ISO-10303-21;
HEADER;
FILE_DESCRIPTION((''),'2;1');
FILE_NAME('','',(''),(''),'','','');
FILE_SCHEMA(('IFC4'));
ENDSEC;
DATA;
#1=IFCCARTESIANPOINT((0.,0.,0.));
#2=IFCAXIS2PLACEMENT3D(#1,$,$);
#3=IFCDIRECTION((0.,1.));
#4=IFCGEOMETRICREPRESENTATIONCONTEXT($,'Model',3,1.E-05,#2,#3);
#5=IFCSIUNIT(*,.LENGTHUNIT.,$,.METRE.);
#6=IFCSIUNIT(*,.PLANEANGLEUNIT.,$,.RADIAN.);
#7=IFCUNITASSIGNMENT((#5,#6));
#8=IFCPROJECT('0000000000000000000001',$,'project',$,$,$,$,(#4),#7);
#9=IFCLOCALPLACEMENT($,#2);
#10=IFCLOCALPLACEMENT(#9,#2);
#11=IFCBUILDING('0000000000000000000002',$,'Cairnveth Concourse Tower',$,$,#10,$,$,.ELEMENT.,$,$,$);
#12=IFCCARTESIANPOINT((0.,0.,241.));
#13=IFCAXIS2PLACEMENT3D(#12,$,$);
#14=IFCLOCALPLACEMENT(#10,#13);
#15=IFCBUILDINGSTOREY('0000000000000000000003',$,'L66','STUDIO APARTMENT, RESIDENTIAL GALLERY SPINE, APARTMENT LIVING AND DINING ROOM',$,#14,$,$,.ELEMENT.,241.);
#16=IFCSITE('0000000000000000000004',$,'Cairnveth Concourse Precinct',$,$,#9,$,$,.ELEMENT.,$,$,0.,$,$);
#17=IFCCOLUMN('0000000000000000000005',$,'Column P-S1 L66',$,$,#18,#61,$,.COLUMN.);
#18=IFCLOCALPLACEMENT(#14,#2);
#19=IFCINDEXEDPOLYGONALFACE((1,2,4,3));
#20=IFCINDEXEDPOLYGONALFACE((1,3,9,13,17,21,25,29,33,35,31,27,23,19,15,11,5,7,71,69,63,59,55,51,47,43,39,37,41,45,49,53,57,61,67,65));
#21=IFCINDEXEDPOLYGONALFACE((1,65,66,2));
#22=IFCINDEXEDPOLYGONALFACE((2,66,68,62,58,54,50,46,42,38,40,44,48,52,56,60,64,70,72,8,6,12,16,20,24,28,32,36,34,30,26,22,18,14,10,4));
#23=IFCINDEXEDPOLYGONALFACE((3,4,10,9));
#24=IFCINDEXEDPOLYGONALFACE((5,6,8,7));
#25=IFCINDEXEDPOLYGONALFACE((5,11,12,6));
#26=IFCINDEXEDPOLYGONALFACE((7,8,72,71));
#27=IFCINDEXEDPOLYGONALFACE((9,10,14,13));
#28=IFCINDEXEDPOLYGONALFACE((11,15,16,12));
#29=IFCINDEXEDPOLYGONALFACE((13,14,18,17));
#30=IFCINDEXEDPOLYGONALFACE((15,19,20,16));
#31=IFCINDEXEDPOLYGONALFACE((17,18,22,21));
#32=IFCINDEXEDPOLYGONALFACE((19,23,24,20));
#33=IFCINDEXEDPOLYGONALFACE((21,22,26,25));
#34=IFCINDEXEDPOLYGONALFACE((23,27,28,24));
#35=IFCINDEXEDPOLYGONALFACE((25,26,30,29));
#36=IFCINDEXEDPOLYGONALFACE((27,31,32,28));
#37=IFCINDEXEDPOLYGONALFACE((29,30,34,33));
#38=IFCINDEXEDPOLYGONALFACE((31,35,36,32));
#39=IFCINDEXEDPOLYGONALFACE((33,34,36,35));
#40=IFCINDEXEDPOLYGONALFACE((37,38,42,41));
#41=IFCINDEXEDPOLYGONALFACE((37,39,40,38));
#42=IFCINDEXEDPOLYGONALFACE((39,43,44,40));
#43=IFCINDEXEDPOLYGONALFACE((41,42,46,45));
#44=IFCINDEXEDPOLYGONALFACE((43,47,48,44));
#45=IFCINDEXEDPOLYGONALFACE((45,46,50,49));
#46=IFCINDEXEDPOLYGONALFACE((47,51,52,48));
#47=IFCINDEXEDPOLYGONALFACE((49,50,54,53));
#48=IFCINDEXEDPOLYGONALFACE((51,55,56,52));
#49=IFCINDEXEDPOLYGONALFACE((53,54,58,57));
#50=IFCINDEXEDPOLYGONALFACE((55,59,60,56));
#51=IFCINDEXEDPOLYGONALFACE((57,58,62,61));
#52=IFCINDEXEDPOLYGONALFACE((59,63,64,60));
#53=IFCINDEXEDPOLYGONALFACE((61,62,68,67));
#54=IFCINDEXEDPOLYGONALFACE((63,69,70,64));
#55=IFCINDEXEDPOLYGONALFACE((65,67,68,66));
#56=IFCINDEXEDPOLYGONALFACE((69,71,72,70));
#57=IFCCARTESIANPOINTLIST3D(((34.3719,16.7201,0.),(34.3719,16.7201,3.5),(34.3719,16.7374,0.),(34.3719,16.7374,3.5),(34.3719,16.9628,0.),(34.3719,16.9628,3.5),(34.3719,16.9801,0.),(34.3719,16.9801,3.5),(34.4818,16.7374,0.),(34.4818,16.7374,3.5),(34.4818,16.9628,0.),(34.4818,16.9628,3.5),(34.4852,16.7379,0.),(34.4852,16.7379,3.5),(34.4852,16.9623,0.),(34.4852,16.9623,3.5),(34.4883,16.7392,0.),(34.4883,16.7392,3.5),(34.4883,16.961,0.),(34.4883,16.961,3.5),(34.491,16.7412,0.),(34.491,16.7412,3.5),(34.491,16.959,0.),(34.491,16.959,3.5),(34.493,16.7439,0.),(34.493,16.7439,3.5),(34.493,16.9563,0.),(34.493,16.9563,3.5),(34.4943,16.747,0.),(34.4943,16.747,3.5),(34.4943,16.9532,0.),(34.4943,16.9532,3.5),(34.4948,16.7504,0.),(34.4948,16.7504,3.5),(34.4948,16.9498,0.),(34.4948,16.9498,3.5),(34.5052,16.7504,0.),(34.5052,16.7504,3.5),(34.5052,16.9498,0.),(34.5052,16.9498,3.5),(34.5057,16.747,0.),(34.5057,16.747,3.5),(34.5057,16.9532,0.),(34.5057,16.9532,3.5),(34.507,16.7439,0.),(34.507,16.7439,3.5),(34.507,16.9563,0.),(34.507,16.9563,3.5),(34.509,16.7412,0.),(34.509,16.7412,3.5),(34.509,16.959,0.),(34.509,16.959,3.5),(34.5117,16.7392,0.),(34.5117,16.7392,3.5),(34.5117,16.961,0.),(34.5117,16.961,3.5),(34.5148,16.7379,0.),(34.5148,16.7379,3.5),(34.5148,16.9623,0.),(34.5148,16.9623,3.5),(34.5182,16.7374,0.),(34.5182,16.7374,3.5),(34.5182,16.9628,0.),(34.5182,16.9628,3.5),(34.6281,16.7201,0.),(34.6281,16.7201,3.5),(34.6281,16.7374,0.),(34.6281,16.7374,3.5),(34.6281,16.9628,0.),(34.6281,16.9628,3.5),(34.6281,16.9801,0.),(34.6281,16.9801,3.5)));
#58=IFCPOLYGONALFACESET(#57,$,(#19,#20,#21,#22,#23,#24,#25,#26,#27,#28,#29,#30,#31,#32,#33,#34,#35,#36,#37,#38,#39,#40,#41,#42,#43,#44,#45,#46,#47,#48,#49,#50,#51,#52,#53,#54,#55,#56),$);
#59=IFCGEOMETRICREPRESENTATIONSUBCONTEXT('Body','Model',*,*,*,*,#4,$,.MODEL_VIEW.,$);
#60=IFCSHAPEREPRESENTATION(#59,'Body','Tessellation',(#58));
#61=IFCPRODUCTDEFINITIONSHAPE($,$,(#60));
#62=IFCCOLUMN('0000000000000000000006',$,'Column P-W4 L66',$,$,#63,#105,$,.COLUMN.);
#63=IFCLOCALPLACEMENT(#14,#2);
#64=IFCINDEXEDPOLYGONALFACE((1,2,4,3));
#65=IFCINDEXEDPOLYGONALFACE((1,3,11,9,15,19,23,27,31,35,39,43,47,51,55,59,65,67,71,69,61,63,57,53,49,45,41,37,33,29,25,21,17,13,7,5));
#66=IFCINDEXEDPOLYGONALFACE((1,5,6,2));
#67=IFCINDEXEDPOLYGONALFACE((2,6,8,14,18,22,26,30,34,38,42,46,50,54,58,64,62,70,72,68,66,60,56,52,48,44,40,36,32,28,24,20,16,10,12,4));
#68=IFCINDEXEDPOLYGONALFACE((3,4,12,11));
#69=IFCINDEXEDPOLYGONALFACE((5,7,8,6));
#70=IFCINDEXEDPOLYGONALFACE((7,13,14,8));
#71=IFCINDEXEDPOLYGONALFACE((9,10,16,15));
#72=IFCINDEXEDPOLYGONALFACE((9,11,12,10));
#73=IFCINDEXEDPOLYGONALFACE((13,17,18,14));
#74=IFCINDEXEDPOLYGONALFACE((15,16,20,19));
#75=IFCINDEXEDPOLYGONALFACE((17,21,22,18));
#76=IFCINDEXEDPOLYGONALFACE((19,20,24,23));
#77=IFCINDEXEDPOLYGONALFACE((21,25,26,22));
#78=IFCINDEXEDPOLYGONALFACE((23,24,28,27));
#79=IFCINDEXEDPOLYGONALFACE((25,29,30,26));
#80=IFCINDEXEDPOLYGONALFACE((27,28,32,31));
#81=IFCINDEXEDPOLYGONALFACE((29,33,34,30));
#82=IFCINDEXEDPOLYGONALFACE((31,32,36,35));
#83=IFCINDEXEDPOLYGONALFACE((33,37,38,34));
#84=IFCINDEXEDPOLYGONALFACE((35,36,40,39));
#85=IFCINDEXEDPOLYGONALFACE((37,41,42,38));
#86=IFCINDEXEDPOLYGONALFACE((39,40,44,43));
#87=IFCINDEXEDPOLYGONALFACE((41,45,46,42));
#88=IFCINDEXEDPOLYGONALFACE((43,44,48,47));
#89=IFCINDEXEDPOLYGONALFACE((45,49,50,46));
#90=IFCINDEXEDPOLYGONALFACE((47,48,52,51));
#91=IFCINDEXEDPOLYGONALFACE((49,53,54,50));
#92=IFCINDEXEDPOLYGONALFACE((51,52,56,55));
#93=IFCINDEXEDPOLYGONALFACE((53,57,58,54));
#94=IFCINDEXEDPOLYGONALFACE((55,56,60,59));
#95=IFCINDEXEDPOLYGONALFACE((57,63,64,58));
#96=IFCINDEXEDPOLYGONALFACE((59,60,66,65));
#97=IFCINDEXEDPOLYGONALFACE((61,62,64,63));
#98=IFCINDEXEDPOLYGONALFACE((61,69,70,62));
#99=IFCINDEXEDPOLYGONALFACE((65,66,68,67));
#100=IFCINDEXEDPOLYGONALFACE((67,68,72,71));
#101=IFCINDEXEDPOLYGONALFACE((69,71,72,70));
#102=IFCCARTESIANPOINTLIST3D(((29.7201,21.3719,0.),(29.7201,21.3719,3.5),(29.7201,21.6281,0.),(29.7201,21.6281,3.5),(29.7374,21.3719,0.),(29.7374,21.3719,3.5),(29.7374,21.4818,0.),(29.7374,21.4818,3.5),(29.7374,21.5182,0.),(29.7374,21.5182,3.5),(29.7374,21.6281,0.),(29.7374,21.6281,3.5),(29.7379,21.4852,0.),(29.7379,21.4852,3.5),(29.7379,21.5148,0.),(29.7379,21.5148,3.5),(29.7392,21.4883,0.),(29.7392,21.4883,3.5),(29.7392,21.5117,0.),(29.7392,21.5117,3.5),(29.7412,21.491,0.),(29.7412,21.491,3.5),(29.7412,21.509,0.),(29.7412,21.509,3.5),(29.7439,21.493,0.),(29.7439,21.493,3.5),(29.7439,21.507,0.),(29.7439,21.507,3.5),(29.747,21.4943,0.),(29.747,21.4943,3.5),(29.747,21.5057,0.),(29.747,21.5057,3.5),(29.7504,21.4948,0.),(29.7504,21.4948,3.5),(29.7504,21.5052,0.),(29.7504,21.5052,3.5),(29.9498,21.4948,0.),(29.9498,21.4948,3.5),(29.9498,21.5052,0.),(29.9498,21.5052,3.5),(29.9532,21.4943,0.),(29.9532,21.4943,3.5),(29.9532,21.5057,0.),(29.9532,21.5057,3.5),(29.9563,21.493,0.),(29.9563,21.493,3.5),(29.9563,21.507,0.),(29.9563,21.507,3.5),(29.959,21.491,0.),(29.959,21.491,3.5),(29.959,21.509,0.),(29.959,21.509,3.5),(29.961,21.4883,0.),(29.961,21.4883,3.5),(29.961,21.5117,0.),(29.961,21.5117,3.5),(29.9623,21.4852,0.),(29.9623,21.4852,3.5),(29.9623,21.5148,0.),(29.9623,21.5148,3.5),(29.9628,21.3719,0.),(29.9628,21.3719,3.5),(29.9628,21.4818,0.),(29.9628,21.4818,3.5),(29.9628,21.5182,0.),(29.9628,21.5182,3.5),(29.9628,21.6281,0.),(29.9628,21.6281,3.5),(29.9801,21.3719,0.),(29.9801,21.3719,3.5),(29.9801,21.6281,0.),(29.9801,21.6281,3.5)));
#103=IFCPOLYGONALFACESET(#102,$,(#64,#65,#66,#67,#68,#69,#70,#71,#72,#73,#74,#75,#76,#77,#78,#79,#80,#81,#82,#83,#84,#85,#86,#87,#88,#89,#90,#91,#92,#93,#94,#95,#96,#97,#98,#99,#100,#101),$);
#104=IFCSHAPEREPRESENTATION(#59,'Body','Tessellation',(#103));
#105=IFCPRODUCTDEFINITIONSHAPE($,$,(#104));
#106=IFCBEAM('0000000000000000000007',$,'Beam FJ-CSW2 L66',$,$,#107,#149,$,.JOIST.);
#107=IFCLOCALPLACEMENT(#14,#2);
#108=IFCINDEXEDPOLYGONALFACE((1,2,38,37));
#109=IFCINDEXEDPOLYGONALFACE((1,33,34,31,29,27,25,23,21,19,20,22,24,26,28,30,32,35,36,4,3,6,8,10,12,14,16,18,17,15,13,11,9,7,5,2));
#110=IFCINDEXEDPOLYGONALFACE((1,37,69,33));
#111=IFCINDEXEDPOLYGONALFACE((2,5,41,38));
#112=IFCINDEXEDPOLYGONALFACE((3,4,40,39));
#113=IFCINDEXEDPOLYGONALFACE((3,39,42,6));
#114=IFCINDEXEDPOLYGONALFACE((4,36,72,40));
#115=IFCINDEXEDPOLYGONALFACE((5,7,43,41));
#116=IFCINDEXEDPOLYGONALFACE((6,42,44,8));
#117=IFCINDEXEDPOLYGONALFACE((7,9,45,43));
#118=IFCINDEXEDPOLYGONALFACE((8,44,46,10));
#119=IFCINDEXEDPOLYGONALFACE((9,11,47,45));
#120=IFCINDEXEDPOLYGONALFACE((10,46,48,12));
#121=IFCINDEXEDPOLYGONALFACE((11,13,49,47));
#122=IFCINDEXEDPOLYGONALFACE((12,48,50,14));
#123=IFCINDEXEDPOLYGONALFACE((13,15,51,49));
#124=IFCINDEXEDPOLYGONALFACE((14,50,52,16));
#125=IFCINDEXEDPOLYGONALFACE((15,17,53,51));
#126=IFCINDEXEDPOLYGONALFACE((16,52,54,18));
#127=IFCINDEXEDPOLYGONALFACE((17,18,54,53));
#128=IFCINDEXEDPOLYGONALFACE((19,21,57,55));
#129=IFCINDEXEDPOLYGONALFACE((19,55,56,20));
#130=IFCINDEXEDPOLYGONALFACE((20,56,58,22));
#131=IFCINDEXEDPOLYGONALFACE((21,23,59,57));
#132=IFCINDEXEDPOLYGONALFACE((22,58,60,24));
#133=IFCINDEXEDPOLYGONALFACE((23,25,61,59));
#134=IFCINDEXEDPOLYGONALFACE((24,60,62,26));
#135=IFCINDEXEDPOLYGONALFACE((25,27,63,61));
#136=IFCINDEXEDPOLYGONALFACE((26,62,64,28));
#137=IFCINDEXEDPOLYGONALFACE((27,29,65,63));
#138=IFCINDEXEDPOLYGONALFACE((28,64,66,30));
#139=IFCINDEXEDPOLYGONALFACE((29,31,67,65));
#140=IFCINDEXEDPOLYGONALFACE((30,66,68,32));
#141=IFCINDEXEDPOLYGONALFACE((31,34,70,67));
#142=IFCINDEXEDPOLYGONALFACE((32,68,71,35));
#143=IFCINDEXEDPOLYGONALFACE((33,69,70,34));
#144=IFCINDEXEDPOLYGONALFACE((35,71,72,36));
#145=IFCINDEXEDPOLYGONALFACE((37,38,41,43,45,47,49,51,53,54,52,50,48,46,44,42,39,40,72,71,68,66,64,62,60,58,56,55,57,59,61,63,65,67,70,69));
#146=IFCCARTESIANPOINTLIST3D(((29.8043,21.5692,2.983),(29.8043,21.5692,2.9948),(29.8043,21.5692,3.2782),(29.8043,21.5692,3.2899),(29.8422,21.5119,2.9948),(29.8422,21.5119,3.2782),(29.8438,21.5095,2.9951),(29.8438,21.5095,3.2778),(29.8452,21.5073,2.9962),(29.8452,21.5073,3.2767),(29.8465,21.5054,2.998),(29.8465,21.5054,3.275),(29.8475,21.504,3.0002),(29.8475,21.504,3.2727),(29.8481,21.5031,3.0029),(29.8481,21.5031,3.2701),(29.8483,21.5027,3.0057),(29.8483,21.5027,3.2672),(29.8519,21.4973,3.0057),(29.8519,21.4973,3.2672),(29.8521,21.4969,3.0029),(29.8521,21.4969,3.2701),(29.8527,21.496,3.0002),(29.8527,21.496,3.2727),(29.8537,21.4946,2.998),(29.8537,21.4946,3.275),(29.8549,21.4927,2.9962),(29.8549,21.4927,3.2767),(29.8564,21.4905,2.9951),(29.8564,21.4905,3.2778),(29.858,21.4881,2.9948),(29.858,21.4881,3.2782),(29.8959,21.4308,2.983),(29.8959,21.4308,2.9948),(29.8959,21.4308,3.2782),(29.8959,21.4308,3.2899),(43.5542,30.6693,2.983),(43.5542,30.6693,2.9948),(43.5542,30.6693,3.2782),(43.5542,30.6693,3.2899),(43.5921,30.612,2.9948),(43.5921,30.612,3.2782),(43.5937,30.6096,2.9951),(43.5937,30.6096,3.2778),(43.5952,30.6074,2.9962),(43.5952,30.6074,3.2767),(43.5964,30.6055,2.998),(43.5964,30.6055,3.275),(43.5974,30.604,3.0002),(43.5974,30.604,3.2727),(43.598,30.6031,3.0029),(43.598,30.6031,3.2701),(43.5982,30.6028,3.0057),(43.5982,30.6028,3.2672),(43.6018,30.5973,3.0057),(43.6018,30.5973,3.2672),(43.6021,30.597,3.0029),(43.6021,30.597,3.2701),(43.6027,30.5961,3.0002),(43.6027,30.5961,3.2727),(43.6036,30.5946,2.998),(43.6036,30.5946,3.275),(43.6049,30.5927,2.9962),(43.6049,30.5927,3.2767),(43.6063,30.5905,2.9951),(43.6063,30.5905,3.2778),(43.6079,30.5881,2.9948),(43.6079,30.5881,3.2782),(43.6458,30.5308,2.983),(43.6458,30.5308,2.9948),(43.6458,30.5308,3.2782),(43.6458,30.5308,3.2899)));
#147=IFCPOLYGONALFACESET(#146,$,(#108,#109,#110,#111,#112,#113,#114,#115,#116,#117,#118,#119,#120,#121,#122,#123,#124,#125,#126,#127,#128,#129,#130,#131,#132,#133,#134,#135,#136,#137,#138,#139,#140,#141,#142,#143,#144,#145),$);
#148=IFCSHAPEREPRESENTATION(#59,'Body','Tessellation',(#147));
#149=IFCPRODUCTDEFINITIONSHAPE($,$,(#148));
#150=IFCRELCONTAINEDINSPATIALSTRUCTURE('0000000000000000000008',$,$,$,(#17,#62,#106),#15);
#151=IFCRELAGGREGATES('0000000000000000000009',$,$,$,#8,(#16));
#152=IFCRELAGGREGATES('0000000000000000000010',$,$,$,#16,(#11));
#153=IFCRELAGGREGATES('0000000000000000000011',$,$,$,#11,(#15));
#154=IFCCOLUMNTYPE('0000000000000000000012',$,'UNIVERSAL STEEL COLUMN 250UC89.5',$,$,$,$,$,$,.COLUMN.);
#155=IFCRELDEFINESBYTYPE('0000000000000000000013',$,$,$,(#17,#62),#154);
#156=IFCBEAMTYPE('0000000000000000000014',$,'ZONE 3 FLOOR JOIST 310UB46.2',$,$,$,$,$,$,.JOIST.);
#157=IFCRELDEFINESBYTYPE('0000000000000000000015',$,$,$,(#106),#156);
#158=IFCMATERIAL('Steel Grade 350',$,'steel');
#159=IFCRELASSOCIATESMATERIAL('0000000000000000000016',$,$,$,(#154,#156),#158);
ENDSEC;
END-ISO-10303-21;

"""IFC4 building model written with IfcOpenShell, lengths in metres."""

from ifc_helpers import new_model, si_unit, direction, frame, origin, origin_2d, place, context, subcontext, project, spatial, i_section, extrude, material, material_profile, profile_set, type_object, element, save


model = new_model("IFC4")

# Units and contexts
model_context = context("Model", 3, precision=1e-05, world=origin(), true_north=direction((0.0, 1.0)))
body_context = subcontext(model_context, "Body", "Model", "MODEL_VIEW")
ifc_project = project(units=[si_unit("LENGTHUNIT", "METRE"), si_unit("PLANEANGLEUNIT", "RADIAN")], contexts=[model_context])

# Site, building, storey
site_placement = place(None, origin())
site = spatial("IfcSite", under=ifc_project, at=site_placement, Name="Cairnveth Concourse Precinct", CompositionType="ELEMENT", RefElevation=0.0)
building_placement = place(site_placement, origin())
building = spatial("IfcBuilding", under=site, at=building_placement, Name="Cairnveth Concourse Tower", CompositionType="ELEMENT")
storey_placement = place(building_placement, frame((0.0, 0.0, 241.0)))
storey = spatial("IfcBuildingStorey", under=building, at=storey_placement, Name="L66", Description="STUDIO APARTMENT, RESIDENTIAL GALLERY SPINE, APARTMENT LIVING AND DINING ROOM", CompositionType="ELEMENT", Elevation=241.0)

# Columns
ifc_material_1 = material(Name="Steel Grade 350", Category="steel")
ifc_material_profile_1 = material_profile(ifc_material_1, i_section(OverallWidth=0.2561, OverallDepth=0.26, WebThickness=0.0105, FlangeThickness=0.0173, FilletRadius=0.0129, at=origin_2d()), Name="250UC89.5")
ifc_profile_set_1 = profile_set([ifc_material_profile_1], Name="Steel Grade 350")
column_type = type_object("IfcColumnType", Name="UNIVERSAL STEEL COLUMN 250UC89.5", PredefinedType="COLUMN", material=ifc_profile_set_1)
for number, where, z_axis, x_axis, name in (
    (1, (34.5, 16.8501, 0.0), (0.0, 0.0, 1.0), (1.0, 0.0, 0.0), "Column P-S1 L66"),
    (2, (29.8501, 21.5, 0.0), (0.0, 0.0, 1.0), (0.0, 1.0, 0.0), "Column P-W4 L66"),
):
    element("IfcColumn", number, at=place(storey_placement, frame(where, z_axis=z_axis, x_axis=x_axis)), inside=storey, type_object=column_type, Name=name, PredefinedType="COLUMN", context=body_context, shape_type="SweptSolid", body=[
        extrude(i_section(OverallWidth=0.2561, OverallDepth=0.26, WebThickness=0.0105, FlangeThickness=0.0173, FilletRadius=0.0129, at=origin_2d()), origin(), (0.0, 0.0, 1.0), 3.5),
    ])

# Beam
ifc_material_profile_2 = material_profile(ifc_material_1, i_section(OverallWidth=0.166, OverallDepth=0.3069, WebThickness=0.0066, FlangeThickness=0.0117, FilletRadius=0.011, at=origin_2d()), Name="310UB46.2")
ifc_profile_set_2 = profile_set([ifc_material_profile_2], Name="Steel Grade 350")
beam_type_1 = type_object("IfcBeamType", Name="ZONE 3 FLOOR JOIST 310UB46.2", PredefinedType="JOIST", material=ifc_profile_set_2)
beam_1_placement = place(storey_placement, frame((29.8501, 21.5, 3.1365), z_axis=(0.833909, 0.551902, 0.0), x_axis=(-0.551902, 0.833909, 0.0)))
element("IfcBeam", 3, at=beam_1_placement, inside=storey, type_object=beam_type_1, Name="Beam FJ-CSW2 L66", PredefinedType="JOIST", context=body_context, shape_type="SweptSolid", body=[
    extrude(i_section(OverallWidth=0.166, OverallDepth=0.3069, WebThickness=0.0066, FlangeThickness=0.0117, FilletRadius=0.011, at=origin_2d()), origin(), (0.0, 0.0, 1.0), 16.4885),
])

save(model, "model.ifc")
